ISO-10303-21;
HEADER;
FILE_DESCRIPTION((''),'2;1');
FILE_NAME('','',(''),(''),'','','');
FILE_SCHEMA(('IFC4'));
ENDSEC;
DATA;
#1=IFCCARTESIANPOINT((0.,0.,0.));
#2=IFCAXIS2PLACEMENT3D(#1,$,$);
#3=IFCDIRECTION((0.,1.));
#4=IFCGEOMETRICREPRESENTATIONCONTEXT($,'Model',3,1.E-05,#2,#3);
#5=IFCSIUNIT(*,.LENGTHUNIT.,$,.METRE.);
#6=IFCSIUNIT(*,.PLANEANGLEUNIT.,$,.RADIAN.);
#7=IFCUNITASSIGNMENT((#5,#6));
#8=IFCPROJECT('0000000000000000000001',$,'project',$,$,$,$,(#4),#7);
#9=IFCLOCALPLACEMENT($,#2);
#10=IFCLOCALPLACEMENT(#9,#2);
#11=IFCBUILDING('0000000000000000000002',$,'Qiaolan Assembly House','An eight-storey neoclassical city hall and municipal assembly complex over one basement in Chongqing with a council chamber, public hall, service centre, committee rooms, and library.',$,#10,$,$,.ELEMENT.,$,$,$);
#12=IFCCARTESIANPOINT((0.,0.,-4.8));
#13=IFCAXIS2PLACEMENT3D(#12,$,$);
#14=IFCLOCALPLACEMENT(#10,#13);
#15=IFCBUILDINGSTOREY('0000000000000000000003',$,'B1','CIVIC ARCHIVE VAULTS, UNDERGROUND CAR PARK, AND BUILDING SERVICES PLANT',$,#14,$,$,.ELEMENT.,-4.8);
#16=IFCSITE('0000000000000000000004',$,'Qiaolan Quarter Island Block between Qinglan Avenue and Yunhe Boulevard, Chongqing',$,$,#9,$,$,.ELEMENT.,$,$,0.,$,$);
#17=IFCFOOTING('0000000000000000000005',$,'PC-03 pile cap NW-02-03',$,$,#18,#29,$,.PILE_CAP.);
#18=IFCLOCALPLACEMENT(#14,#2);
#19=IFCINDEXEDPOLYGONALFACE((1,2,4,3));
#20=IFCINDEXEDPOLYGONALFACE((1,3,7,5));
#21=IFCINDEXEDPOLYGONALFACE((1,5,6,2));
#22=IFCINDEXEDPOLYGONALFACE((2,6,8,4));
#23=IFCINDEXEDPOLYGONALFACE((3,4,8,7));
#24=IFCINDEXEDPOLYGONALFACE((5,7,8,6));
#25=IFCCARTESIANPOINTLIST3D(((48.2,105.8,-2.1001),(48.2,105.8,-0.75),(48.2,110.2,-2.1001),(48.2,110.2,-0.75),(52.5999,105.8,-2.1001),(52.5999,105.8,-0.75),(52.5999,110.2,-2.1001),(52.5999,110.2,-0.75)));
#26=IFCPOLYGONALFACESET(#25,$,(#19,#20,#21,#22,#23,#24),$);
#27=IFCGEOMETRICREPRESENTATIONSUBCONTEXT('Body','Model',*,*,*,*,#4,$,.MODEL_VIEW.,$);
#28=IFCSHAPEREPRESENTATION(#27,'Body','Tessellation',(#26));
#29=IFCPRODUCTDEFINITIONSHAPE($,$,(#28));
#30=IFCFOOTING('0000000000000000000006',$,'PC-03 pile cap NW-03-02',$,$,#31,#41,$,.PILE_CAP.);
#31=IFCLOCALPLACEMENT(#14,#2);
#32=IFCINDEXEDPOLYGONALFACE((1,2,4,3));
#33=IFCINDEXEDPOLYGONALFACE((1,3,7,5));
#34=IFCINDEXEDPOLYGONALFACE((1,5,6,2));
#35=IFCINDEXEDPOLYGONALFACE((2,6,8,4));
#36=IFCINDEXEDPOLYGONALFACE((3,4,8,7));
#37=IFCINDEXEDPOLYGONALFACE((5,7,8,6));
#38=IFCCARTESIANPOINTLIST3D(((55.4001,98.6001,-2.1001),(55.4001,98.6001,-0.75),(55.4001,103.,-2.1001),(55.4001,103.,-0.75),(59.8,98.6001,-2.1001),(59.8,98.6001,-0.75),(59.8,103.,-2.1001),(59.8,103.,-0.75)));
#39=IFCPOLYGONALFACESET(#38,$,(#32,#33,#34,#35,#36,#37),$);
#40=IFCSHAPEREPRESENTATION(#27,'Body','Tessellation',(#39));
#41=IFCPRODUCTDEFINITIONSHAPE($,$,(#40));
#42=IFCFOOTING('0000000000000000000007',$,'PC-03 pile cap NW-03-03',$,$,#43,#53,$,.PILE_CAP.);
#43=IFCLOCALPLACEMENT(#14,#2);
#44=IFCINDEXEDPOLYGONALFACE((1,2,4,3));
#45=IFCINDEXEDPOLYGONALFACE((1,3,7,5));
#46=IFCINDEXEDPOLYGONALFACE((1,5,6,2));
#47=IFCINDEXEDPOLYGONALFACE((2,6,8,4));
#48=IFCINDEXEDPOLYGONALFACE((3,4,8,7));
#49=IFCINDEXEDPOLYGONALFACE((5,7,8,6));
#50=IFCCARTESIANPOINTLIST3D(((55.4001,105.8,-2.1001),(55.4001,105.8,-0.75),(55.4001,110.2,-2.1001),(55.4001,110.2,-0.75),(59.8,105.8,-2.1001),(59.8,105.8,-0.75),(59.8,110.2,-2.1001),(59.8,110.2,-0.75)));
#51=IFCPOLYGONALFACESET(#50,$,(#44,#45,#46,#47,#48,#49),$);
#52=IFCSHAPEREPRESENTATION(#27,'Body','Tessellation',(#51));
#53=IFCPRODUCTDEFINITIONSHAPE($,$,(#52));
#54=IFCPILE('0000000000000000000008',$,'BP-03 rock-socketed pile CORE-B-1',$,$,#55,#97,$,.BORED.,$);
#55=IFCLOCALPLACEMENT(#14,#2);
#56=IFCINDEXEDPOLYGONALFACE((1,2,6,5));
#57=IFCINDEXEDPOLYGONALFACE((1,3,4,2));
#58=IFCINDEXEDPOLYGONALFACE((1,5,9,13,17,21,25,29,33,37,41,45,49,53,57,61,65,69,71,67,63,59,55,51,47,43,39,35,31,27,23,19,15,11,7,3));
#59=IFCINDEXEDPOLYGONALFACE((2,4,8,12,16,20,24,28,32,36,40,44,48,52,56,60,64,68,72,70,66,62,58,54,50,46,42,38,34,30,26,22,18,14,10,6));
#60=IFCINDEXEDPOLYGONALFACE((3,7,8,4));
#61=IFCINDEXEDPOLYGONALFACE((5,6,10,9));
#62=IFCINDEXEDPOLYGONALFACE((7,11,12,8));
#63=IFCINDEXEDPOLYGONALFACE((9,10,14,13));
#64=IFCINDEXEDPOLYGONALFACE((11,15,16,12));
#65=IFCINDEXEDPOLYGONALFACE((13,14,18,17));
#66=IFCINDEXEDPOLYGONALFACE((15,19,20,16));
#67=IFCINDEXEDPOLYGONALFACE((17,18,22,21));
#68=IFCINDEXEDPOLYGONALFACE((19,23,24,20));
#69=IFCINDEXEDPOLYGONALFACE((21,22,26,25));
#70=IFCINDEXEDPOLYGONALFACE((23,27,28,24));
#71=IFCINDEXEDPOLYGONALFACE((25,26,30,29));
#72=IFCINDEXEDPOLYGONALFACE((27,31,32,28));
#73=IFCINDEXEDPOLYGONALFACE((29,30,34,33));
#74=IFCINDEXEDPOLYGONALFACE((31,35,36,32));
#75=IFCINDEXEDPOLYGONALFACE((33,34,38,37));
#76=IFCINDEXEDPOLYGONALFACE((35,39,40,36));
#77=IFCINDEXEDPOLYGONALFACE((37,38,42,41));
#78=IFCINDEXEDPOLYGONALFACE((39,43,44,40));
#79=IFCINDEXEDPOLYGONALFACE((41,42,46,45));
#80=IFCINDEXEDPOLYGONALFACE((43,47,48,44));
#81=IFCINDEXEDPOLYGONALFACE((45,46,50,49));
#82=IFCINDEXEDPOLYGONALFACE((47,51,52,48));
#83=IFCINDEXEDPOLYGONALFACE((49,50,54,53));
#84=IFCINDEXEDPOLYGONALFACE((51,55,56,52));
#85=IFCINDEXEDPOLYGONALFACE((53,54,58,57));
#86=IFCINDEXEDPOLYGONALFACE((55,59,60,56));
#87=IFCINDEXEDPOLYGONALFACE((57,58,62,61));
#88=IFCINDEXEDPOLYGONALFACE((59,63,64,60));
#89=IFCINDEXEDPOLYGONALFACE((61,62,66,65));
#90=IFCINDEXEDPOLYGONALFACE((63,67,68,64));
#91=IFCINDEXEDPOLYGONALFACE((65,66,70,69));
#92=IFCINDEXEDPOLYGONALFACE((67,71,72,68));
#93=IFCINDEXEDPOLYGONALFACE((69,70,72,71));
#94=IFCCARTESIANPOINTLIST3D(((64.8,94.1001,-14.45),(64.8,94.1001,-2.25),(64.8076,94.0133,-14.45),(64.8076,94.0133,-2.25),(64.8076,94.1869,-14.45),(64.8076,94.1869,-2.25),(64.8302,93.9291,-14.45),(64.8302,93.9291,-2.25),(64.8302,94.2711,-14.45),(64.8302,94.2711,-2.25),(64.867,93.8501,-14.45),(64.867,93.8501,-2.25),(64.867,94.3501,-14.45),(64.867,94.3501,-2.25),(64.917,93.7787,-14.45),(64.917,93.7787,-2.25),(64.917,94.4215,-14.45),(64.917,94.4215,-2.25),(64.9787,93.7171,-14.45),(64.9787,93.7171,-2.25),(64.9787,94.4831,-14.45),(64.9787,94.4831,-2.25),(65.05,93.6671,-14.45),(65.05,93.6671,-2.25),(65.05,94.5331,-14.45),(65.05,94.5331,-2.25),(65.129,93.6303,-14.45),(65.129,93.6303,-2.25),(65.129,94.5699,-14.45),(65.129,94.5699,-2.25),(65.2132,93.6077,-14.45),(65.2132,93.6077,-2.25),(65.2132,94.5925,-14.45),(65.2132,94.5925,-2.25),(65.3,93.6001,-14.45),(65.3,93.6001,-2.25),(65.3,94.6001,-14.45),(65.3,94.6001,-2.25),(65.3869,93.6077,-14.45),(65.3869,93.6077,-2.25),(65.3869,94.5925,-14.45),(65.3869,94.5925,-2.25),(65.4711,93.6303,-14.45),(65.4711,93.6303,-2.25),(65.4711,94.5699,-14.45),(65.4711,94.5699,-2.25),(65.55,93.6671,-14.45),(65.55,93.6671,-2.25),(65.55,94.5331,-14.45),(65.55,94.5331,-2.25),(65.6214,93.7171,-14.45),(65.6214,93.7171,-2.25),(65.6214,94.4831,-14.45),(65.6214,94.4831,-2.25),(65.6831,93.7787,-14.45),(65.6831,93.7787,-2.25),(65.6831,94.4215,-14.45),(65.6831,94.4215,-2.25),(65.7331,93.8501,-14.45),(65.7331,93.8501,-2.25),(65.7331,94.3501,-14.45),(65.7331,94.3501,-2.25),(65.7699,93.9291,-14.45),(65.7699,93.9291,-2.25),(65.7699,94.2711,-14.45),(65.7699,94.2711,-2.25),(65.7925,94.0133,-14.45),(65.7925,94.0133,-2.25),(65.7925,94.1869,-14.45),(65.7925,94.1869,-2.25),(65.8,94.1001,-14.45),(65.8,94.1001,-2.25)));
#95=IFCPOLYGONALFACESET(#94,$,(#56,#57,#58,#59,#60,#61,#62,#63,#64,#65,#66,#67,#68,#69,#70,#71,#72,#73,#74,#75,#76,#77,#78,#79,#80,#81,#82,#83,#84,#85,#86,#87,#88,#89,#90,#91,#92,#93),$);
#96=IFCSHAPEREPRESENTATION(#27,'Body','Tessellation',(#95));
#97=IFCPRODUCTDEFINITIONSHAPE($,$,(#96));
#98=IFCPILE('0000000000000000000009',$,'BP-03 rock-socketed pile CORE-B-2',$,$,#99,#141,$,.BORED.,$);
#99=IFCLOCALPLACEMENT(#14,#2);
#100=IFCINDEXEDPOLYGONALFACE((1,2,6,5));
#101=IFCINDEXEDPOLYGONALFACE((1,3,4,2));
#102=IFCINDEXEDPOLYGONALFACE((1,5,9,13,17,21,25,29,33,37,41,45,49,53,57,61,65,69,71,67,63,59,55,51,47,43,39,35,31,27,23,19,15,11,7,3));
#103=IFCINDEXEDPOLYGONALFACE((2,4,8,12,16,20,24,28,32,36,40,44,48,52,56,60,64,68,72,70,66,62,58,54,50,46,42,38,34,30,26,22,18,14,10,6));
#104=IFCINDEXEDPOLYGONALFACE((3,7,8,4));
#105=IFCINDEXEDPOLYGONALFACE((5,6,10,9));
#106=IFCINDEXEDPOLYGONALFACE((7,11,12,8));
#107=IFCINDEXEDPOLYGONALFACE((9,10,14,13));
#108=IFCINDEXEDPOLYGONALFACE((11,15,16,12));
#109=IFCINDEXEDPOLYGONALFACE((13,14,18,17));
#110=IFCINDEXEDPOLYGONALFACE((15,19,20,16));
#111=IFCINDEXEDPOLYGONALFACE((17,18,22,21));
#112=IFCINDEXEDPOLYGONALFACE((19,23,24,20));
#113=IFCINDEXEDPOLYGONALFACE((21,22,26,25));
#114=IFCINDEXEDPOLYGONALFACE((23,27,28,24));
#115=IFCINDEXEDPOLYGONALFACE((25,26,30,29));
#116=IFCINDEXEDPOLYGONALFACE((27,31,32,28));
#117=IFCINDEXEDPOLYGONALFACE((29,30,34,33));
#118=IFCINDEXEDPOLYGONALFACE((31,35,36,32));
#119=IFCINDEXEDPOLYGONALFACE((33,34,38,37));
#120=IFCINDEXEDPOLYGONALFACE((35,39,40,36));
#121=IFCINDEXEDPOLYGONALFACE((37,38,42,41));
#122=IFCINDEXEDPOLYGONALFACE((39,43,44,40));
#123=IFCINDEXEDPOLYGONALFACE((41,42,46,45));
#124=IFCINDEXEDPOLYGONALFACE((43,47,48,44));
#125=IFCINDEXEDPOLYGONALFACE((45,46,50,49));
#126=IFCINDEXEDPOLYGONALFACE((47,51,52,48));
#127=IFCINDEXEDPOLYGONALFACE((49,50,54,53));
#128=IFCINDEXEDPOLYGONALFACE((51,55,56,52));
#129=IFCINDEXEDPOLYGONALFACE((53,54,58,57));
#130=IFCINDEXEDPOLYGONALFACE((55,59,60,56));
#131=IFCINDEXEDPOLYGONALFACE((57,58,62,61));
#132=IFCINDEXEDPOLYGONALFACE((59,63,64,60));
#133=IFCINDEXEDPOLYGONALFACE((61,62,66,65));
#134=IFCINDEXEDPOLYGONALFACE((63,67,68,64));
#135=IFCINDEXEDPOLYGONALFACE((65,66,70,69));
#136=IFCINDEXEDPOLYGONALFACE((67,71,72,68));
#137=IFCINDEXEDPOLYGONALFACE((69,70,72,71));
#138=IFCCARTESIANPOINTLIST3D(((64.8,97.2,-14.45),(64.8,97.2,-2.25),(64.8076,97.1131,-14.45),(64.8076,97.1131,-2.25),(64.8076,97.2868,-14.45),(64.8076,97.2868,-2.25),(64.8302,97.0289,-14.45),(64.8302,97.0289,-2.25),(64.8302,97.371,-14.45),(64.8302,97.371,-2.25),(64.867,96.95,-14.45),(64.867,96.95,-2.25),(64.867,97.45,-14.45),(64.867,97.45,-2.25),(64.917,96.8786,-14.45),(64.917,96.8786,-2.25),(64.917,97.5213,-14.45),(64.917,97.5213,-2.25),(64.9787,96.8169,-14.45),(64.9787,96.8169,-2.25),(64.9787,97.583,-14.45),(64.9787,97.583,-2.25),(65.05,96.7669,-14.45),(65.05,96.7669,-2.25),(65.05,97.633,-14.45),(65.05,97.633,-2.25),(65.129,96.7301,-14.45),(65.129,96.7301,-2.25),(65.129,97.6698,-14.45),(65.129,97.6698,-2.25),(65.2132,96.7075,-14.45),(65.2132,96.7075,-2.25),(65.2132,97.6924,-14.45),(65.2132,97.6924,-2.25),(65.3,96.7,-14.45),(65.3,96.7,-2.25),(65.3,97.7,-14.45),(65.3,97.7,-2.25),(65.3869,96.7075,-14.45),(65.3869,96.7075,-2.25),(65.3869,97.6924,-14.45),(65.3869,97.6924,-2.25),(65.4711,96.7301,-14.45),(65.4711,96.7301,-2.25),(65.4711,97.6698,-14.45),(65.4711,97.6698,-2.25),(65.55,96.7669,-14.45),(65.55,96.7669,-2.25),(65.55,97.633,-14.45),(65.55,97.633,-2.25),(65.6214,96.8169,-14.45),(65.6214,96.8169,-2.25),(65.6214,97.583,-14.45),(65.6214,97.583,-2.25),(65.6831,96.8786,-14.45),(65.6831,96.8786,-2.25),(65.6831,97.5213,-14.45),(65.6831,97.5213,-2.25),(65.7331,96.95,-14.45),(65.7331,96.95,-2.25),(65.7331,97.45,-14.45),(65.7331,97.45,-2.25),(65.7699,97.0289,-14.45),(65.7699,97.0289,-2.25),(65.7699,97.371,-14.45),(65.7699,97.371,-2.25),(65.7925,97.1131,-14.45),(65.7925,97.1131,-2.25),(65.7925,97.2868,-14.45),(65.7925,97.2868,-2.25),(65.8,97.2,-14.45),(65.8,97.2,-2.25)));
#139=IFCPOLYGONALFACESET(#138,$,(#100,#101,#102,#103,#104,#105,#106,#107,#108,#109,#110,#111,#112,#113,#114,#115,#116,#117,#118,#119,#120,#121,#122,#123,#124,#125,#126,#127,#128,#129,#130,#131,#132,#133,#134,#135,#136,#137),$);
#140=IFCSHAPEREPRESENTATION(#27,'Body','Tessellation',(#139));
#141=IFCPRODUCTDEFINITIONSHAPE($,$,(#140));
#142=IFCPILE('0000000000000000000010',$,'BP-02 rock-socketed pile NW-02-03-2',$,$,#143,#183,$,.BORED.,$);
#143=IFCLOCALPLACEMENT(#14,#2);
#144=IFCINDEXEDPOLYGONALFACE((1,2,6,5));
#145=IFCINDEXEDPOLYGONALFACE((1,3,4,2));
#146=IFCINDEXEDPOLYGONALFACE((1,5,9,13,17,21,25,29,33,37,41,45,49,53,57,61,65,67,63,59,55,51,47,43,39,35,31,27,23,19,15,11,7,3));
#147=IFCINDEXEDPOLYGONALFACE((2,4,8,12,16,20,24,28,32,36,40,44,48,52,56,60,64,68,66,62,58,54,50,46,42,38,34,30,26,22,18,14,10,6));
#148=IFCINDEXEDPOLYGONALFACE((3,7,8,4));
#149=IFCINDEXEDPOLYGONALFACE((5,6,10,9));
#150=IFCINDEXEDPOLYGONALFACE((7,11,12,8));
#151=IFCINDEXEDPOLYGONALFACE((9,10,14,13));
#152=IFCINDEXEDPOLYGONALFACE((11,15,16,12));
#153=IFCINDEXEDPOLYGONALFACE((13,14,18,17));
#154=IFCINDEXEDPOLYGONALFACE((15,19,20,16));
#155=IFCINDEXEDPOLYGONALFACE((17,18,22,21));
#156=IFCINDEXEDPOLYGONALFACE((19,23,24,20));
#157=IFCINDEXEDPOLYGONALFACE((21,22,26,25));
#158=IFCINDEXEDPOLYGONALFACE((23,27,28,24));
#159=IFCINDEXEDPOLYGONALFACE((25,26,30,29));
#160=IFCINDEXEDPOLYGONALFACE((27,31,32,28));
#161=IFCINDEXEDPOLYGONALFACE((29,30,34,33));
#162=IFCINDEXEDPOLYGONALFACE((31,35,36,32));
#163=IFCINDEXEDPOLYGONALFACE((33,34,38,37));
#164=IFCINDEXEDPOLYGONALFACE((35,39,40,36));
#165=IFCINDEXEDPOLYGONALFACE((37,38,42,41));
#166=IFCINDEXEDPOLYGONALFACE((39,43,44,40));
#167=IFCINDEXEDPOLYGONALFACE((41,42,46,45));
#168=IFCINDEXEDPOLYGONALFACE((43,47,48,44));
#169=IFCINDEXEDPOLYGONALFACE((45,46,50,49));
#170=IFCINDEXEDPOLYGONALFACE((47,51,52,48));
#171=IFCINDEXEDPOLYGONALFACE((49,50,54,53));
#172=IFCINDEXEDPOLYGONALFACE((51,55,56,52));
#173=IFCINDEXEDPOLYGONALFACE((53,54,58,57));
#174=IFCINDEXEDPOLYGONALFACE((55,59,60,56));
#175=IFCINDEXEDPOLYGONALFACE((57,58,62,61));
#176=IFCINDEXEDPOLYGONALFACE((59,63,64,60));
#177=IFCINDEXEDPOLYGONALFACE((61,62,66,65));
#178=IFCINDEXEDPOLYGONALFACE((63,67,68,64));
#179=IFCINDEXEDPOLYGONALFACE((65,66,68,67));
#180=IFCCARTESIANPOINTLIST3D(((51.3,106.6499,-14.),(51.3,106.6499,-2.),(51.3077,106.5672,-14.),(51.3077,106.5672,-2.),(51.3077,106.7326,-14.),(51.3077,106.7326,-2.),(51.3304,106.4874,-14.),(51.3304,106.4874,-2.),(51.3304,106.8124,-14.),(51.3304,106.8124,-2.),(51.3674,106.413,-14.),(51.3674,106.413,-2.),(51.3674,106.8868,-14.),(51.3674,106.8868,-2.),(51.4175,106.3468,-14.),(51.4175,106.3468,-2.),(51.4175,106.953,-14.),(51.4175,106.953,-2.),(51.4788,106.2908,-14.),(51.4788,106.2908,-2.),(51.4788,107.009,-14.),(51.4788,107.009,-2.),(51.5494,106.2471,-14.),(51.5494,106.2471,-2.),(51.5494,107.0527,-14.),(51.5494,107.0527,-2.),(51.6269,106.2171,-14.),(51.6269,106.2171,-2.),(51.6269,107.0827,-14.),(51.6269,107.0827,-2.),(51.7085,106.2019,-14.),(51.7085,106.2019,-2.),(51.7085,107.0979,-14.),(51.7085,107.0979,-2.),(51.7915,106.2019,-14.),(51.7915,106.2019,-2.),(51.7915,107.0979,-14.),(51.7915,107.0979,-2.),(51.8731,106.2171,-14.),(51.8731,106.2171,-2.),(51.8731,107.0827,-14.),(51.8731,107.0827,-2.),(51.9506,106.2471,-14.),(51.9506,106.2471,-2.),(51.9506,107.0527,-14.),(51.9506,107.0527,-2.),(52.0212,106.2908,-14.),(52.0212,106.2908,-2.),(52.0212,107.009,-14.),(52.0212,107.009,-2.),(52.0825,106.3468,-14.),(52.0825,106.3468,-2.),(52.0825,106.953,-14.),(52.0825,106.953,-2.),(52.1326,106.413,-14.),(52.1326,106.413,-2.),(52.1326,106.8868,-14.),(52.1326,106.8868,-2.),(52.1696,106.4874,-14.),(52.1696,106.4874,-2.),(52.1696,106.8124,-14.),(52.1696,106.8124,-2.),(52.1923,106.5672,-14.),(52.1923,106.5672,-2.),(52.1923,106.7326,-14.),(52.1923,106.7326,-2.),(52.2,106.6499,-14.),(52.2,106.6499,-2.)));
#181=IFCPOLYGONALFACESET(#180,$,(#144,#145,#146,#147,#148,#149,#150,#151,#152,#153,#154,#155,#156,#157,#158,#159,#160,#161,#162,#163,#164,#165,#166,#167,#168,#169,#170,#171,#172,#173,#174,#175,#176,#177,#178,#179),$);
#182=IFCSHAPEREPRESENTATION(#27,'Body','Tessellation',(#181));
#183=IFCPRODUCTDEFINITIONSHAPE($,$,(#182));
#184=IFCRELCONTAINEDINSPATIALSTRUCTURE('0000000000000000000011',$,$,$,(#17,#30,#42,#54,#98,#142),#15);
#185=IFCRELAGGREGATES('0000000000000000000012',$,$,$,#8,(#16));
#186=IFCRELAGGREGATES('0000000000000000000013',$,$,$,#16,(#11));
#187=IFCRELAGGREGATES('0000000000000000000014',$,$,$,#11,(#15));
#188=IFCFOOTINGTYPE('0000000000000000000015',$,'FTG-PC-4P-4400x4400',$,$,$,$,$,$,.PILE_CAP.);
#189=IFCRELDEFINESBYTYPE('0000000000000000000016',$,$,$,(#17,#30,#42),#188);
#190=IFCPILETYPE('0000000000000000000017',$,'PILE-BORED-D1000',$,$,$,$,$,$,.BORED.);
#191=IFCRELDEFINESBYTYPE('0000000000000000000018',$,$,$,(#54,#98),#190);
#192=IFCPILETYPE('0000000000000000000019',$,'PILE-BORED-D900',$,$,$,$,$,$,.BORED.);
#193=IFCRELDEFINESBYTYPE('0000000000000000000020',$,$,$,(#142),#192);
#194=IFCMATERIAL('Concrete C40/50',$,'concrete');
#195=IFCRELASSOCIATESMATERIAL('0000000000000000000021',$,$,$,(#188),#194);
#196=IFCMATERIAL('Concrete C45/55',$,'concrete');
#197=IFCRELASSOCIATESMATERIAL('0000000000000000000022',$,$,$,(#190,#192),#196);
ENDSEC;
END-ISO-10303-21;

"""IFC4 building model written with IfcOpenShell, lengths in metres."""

from ifc_helpers import new_model, si_unit, direction, frame, origin, origin_2d, place, context, subcontext, project, spatial, rectangle, circle, extrude, material, material_profile, profile_set, type_object, element, save


model = new_model("IFC4")

# Units and contexts
model_context = context("Model", 3, precision=1e-05, world=origin(), true_north=direction((0.0, 1.0)))
body_context = subcontext(model_context, "Body", "Model", "MODEL_VIEW")
ifc_project = project(units=[si_unit("LENGTHUNIT", "METRE"), si_unit("PLANEANGLEUNIT", "RADIAN")], contexts=[model_context])

# Site, building, storey
site_placement = place(None, origin())
site = spatial("IfcSite", under=ifc_project, at=site_placement, Name="Qiaolan Quarter Island Block between Qinglan Avenue and Yunhe Boulevard, Chongqing", CompositionType="ELEMENT", RefElevation=0.0)
building_placement = place(site_placement, origin())
building = spatial("IfcBuilding", under=site, at=building_placement, Name="Qiaolan Assembly House", Description="An eight-storey neoclassical city hall and municipal assembly complex over one basement in Chongqing with a council chamber, public hall, service centre, committee rooms, and library.", CompositionType="ELEMENT")
storey_placement = place(building_placement, frame((0.0, 0.0, -4.8)))
storey = spatial("IfcBuildingStorey", under=building, at=storey_placement, Name="B1", Description="CIVIC ARCHIVE VAULTS, UNDERGROUND CAR PARK, AND BUILDING SERVICES PLANT", CompositionType="ELEMENT", Elevation=-4.8)

# Footings
ifc_material_1 = material(Name="Concrete C40/50", Category="concrete")
footing_type = type_object("IfcFootingType", Name="FTG-PC-4P-4400x4400", PredefinedType="PILE_CAP", material=ifc_material_1)
for number, where, z_axis, x_axis, name in (
    (1, (50.3999, 108.0, -2.1001), (0.0, 0.0, 1.0), (1.0, 0.0, 0.0), "PC-03 pile cap NW-02-03"),
    (2, (57.6001, 100.8, -2.1001), (0.0, 0.0, 1.0), (1.0, 0.0, 0.0), "PC-03 pile cap NW-03-02"),
    (3, (57.6001, 108.0, -2.1001), (0.0, 0.0, 1.0), (1.0, 0.0, 0.0), "PC-03 pile cap NW-03-03"),
):
    element("IfcFooting", number, at=place(storey_placement, frame(where, z_axis=z_axis, x_axis=x_axis)), inside=storey, type_object=footing_type, Name=name, PredefinedType="PILE_CAP", context=body_context, shape_type="SweptSolid", body=[
        extrude(rectangle(XDim=4.3999, YDim=4.3999, at=origin_2d()), origin(), (0.0, 0.0, 1.0), 1.3501),
    ])

# Piles
ifc_material_2 = material(Name="Concrete C45/55", Category="concrete")
ifc_material_profile_1 = material_profile(ifc_material_2, circle(Radius=0.5, at=origin_2d()), Name="PILE D1000")
ifc_profile_set_1 = profile_set([ifc_material_profile_1], Name="Concrete C45/55")
pile_type_1 = type_object("IfcPileType", Name="PILE-BORED-D1000", PredefinedType="BORED", material=ifc_profile_set_1)
for number, where, z_axis, x_axis, name in (
    (4, (65.3, 94.1001, -2.25), (0.0, 0.0, -1.0), (1.0, 0.0, 0.0), "BP-03 rock-socketed pile CORE-B-1"),
    (5, (65.3, 97.2, -2.25), (0.0, 0.0, -1.0), (1.0, 0.0, 0.0), "BP-03 rock-socketed pile CORE-B-2"),
):
    element("IfcPile", number, at=place(storey_placement, frame(where, z_axis=z_axis, x_axis=x_axis)), inside=storey, type_object=pile_type_1, Name=name, PredefinedType="BORED", context=body_context, shape_type="SweptSolid", body=[
        extrude(circle(Radius=0.5, at=origin_2d()), origin(), (0.0, 0.0, 1.0), 12.2),
    ])
ifc_material_profile_2 = material_profile(ifc_material_2, circle(Radius=0.45, at=origin_2d()), Name="PILE D900")
ifc_profile_set_2 = profile_set([ifc_material_profile_2], Name="Concrete C45/55")
pile_type_2 = type_object("IfcPileType", Name="PILE-BORED-D900", PredefinedType="BORED", material=ifc_profile_set_2)
for number, where, z_axis, x_axis, name in (
    (6, (51.75, 106.6499, -2.0), (0.0, 0.0, -1.0), (1.0, 0.0, 0.0), "BP-02 rock-socketed pile NW-02-03-2"),
):
    element("IfcPile", number, at=place(storey_placement, frame(where, z_axis=z_axis, x_axis=x_axis)), inside=storey, type_object=pile_type_2, Name=name, PredefinedType="BORED", context=body_context, shape_type="SweptSolid", body=[
        extrude(circle(Radius=0.45, at=origin_2d()), origin(), (0.0, 0.0, 1.0), 12.0),
    ])

save(model, "model.ifc")
